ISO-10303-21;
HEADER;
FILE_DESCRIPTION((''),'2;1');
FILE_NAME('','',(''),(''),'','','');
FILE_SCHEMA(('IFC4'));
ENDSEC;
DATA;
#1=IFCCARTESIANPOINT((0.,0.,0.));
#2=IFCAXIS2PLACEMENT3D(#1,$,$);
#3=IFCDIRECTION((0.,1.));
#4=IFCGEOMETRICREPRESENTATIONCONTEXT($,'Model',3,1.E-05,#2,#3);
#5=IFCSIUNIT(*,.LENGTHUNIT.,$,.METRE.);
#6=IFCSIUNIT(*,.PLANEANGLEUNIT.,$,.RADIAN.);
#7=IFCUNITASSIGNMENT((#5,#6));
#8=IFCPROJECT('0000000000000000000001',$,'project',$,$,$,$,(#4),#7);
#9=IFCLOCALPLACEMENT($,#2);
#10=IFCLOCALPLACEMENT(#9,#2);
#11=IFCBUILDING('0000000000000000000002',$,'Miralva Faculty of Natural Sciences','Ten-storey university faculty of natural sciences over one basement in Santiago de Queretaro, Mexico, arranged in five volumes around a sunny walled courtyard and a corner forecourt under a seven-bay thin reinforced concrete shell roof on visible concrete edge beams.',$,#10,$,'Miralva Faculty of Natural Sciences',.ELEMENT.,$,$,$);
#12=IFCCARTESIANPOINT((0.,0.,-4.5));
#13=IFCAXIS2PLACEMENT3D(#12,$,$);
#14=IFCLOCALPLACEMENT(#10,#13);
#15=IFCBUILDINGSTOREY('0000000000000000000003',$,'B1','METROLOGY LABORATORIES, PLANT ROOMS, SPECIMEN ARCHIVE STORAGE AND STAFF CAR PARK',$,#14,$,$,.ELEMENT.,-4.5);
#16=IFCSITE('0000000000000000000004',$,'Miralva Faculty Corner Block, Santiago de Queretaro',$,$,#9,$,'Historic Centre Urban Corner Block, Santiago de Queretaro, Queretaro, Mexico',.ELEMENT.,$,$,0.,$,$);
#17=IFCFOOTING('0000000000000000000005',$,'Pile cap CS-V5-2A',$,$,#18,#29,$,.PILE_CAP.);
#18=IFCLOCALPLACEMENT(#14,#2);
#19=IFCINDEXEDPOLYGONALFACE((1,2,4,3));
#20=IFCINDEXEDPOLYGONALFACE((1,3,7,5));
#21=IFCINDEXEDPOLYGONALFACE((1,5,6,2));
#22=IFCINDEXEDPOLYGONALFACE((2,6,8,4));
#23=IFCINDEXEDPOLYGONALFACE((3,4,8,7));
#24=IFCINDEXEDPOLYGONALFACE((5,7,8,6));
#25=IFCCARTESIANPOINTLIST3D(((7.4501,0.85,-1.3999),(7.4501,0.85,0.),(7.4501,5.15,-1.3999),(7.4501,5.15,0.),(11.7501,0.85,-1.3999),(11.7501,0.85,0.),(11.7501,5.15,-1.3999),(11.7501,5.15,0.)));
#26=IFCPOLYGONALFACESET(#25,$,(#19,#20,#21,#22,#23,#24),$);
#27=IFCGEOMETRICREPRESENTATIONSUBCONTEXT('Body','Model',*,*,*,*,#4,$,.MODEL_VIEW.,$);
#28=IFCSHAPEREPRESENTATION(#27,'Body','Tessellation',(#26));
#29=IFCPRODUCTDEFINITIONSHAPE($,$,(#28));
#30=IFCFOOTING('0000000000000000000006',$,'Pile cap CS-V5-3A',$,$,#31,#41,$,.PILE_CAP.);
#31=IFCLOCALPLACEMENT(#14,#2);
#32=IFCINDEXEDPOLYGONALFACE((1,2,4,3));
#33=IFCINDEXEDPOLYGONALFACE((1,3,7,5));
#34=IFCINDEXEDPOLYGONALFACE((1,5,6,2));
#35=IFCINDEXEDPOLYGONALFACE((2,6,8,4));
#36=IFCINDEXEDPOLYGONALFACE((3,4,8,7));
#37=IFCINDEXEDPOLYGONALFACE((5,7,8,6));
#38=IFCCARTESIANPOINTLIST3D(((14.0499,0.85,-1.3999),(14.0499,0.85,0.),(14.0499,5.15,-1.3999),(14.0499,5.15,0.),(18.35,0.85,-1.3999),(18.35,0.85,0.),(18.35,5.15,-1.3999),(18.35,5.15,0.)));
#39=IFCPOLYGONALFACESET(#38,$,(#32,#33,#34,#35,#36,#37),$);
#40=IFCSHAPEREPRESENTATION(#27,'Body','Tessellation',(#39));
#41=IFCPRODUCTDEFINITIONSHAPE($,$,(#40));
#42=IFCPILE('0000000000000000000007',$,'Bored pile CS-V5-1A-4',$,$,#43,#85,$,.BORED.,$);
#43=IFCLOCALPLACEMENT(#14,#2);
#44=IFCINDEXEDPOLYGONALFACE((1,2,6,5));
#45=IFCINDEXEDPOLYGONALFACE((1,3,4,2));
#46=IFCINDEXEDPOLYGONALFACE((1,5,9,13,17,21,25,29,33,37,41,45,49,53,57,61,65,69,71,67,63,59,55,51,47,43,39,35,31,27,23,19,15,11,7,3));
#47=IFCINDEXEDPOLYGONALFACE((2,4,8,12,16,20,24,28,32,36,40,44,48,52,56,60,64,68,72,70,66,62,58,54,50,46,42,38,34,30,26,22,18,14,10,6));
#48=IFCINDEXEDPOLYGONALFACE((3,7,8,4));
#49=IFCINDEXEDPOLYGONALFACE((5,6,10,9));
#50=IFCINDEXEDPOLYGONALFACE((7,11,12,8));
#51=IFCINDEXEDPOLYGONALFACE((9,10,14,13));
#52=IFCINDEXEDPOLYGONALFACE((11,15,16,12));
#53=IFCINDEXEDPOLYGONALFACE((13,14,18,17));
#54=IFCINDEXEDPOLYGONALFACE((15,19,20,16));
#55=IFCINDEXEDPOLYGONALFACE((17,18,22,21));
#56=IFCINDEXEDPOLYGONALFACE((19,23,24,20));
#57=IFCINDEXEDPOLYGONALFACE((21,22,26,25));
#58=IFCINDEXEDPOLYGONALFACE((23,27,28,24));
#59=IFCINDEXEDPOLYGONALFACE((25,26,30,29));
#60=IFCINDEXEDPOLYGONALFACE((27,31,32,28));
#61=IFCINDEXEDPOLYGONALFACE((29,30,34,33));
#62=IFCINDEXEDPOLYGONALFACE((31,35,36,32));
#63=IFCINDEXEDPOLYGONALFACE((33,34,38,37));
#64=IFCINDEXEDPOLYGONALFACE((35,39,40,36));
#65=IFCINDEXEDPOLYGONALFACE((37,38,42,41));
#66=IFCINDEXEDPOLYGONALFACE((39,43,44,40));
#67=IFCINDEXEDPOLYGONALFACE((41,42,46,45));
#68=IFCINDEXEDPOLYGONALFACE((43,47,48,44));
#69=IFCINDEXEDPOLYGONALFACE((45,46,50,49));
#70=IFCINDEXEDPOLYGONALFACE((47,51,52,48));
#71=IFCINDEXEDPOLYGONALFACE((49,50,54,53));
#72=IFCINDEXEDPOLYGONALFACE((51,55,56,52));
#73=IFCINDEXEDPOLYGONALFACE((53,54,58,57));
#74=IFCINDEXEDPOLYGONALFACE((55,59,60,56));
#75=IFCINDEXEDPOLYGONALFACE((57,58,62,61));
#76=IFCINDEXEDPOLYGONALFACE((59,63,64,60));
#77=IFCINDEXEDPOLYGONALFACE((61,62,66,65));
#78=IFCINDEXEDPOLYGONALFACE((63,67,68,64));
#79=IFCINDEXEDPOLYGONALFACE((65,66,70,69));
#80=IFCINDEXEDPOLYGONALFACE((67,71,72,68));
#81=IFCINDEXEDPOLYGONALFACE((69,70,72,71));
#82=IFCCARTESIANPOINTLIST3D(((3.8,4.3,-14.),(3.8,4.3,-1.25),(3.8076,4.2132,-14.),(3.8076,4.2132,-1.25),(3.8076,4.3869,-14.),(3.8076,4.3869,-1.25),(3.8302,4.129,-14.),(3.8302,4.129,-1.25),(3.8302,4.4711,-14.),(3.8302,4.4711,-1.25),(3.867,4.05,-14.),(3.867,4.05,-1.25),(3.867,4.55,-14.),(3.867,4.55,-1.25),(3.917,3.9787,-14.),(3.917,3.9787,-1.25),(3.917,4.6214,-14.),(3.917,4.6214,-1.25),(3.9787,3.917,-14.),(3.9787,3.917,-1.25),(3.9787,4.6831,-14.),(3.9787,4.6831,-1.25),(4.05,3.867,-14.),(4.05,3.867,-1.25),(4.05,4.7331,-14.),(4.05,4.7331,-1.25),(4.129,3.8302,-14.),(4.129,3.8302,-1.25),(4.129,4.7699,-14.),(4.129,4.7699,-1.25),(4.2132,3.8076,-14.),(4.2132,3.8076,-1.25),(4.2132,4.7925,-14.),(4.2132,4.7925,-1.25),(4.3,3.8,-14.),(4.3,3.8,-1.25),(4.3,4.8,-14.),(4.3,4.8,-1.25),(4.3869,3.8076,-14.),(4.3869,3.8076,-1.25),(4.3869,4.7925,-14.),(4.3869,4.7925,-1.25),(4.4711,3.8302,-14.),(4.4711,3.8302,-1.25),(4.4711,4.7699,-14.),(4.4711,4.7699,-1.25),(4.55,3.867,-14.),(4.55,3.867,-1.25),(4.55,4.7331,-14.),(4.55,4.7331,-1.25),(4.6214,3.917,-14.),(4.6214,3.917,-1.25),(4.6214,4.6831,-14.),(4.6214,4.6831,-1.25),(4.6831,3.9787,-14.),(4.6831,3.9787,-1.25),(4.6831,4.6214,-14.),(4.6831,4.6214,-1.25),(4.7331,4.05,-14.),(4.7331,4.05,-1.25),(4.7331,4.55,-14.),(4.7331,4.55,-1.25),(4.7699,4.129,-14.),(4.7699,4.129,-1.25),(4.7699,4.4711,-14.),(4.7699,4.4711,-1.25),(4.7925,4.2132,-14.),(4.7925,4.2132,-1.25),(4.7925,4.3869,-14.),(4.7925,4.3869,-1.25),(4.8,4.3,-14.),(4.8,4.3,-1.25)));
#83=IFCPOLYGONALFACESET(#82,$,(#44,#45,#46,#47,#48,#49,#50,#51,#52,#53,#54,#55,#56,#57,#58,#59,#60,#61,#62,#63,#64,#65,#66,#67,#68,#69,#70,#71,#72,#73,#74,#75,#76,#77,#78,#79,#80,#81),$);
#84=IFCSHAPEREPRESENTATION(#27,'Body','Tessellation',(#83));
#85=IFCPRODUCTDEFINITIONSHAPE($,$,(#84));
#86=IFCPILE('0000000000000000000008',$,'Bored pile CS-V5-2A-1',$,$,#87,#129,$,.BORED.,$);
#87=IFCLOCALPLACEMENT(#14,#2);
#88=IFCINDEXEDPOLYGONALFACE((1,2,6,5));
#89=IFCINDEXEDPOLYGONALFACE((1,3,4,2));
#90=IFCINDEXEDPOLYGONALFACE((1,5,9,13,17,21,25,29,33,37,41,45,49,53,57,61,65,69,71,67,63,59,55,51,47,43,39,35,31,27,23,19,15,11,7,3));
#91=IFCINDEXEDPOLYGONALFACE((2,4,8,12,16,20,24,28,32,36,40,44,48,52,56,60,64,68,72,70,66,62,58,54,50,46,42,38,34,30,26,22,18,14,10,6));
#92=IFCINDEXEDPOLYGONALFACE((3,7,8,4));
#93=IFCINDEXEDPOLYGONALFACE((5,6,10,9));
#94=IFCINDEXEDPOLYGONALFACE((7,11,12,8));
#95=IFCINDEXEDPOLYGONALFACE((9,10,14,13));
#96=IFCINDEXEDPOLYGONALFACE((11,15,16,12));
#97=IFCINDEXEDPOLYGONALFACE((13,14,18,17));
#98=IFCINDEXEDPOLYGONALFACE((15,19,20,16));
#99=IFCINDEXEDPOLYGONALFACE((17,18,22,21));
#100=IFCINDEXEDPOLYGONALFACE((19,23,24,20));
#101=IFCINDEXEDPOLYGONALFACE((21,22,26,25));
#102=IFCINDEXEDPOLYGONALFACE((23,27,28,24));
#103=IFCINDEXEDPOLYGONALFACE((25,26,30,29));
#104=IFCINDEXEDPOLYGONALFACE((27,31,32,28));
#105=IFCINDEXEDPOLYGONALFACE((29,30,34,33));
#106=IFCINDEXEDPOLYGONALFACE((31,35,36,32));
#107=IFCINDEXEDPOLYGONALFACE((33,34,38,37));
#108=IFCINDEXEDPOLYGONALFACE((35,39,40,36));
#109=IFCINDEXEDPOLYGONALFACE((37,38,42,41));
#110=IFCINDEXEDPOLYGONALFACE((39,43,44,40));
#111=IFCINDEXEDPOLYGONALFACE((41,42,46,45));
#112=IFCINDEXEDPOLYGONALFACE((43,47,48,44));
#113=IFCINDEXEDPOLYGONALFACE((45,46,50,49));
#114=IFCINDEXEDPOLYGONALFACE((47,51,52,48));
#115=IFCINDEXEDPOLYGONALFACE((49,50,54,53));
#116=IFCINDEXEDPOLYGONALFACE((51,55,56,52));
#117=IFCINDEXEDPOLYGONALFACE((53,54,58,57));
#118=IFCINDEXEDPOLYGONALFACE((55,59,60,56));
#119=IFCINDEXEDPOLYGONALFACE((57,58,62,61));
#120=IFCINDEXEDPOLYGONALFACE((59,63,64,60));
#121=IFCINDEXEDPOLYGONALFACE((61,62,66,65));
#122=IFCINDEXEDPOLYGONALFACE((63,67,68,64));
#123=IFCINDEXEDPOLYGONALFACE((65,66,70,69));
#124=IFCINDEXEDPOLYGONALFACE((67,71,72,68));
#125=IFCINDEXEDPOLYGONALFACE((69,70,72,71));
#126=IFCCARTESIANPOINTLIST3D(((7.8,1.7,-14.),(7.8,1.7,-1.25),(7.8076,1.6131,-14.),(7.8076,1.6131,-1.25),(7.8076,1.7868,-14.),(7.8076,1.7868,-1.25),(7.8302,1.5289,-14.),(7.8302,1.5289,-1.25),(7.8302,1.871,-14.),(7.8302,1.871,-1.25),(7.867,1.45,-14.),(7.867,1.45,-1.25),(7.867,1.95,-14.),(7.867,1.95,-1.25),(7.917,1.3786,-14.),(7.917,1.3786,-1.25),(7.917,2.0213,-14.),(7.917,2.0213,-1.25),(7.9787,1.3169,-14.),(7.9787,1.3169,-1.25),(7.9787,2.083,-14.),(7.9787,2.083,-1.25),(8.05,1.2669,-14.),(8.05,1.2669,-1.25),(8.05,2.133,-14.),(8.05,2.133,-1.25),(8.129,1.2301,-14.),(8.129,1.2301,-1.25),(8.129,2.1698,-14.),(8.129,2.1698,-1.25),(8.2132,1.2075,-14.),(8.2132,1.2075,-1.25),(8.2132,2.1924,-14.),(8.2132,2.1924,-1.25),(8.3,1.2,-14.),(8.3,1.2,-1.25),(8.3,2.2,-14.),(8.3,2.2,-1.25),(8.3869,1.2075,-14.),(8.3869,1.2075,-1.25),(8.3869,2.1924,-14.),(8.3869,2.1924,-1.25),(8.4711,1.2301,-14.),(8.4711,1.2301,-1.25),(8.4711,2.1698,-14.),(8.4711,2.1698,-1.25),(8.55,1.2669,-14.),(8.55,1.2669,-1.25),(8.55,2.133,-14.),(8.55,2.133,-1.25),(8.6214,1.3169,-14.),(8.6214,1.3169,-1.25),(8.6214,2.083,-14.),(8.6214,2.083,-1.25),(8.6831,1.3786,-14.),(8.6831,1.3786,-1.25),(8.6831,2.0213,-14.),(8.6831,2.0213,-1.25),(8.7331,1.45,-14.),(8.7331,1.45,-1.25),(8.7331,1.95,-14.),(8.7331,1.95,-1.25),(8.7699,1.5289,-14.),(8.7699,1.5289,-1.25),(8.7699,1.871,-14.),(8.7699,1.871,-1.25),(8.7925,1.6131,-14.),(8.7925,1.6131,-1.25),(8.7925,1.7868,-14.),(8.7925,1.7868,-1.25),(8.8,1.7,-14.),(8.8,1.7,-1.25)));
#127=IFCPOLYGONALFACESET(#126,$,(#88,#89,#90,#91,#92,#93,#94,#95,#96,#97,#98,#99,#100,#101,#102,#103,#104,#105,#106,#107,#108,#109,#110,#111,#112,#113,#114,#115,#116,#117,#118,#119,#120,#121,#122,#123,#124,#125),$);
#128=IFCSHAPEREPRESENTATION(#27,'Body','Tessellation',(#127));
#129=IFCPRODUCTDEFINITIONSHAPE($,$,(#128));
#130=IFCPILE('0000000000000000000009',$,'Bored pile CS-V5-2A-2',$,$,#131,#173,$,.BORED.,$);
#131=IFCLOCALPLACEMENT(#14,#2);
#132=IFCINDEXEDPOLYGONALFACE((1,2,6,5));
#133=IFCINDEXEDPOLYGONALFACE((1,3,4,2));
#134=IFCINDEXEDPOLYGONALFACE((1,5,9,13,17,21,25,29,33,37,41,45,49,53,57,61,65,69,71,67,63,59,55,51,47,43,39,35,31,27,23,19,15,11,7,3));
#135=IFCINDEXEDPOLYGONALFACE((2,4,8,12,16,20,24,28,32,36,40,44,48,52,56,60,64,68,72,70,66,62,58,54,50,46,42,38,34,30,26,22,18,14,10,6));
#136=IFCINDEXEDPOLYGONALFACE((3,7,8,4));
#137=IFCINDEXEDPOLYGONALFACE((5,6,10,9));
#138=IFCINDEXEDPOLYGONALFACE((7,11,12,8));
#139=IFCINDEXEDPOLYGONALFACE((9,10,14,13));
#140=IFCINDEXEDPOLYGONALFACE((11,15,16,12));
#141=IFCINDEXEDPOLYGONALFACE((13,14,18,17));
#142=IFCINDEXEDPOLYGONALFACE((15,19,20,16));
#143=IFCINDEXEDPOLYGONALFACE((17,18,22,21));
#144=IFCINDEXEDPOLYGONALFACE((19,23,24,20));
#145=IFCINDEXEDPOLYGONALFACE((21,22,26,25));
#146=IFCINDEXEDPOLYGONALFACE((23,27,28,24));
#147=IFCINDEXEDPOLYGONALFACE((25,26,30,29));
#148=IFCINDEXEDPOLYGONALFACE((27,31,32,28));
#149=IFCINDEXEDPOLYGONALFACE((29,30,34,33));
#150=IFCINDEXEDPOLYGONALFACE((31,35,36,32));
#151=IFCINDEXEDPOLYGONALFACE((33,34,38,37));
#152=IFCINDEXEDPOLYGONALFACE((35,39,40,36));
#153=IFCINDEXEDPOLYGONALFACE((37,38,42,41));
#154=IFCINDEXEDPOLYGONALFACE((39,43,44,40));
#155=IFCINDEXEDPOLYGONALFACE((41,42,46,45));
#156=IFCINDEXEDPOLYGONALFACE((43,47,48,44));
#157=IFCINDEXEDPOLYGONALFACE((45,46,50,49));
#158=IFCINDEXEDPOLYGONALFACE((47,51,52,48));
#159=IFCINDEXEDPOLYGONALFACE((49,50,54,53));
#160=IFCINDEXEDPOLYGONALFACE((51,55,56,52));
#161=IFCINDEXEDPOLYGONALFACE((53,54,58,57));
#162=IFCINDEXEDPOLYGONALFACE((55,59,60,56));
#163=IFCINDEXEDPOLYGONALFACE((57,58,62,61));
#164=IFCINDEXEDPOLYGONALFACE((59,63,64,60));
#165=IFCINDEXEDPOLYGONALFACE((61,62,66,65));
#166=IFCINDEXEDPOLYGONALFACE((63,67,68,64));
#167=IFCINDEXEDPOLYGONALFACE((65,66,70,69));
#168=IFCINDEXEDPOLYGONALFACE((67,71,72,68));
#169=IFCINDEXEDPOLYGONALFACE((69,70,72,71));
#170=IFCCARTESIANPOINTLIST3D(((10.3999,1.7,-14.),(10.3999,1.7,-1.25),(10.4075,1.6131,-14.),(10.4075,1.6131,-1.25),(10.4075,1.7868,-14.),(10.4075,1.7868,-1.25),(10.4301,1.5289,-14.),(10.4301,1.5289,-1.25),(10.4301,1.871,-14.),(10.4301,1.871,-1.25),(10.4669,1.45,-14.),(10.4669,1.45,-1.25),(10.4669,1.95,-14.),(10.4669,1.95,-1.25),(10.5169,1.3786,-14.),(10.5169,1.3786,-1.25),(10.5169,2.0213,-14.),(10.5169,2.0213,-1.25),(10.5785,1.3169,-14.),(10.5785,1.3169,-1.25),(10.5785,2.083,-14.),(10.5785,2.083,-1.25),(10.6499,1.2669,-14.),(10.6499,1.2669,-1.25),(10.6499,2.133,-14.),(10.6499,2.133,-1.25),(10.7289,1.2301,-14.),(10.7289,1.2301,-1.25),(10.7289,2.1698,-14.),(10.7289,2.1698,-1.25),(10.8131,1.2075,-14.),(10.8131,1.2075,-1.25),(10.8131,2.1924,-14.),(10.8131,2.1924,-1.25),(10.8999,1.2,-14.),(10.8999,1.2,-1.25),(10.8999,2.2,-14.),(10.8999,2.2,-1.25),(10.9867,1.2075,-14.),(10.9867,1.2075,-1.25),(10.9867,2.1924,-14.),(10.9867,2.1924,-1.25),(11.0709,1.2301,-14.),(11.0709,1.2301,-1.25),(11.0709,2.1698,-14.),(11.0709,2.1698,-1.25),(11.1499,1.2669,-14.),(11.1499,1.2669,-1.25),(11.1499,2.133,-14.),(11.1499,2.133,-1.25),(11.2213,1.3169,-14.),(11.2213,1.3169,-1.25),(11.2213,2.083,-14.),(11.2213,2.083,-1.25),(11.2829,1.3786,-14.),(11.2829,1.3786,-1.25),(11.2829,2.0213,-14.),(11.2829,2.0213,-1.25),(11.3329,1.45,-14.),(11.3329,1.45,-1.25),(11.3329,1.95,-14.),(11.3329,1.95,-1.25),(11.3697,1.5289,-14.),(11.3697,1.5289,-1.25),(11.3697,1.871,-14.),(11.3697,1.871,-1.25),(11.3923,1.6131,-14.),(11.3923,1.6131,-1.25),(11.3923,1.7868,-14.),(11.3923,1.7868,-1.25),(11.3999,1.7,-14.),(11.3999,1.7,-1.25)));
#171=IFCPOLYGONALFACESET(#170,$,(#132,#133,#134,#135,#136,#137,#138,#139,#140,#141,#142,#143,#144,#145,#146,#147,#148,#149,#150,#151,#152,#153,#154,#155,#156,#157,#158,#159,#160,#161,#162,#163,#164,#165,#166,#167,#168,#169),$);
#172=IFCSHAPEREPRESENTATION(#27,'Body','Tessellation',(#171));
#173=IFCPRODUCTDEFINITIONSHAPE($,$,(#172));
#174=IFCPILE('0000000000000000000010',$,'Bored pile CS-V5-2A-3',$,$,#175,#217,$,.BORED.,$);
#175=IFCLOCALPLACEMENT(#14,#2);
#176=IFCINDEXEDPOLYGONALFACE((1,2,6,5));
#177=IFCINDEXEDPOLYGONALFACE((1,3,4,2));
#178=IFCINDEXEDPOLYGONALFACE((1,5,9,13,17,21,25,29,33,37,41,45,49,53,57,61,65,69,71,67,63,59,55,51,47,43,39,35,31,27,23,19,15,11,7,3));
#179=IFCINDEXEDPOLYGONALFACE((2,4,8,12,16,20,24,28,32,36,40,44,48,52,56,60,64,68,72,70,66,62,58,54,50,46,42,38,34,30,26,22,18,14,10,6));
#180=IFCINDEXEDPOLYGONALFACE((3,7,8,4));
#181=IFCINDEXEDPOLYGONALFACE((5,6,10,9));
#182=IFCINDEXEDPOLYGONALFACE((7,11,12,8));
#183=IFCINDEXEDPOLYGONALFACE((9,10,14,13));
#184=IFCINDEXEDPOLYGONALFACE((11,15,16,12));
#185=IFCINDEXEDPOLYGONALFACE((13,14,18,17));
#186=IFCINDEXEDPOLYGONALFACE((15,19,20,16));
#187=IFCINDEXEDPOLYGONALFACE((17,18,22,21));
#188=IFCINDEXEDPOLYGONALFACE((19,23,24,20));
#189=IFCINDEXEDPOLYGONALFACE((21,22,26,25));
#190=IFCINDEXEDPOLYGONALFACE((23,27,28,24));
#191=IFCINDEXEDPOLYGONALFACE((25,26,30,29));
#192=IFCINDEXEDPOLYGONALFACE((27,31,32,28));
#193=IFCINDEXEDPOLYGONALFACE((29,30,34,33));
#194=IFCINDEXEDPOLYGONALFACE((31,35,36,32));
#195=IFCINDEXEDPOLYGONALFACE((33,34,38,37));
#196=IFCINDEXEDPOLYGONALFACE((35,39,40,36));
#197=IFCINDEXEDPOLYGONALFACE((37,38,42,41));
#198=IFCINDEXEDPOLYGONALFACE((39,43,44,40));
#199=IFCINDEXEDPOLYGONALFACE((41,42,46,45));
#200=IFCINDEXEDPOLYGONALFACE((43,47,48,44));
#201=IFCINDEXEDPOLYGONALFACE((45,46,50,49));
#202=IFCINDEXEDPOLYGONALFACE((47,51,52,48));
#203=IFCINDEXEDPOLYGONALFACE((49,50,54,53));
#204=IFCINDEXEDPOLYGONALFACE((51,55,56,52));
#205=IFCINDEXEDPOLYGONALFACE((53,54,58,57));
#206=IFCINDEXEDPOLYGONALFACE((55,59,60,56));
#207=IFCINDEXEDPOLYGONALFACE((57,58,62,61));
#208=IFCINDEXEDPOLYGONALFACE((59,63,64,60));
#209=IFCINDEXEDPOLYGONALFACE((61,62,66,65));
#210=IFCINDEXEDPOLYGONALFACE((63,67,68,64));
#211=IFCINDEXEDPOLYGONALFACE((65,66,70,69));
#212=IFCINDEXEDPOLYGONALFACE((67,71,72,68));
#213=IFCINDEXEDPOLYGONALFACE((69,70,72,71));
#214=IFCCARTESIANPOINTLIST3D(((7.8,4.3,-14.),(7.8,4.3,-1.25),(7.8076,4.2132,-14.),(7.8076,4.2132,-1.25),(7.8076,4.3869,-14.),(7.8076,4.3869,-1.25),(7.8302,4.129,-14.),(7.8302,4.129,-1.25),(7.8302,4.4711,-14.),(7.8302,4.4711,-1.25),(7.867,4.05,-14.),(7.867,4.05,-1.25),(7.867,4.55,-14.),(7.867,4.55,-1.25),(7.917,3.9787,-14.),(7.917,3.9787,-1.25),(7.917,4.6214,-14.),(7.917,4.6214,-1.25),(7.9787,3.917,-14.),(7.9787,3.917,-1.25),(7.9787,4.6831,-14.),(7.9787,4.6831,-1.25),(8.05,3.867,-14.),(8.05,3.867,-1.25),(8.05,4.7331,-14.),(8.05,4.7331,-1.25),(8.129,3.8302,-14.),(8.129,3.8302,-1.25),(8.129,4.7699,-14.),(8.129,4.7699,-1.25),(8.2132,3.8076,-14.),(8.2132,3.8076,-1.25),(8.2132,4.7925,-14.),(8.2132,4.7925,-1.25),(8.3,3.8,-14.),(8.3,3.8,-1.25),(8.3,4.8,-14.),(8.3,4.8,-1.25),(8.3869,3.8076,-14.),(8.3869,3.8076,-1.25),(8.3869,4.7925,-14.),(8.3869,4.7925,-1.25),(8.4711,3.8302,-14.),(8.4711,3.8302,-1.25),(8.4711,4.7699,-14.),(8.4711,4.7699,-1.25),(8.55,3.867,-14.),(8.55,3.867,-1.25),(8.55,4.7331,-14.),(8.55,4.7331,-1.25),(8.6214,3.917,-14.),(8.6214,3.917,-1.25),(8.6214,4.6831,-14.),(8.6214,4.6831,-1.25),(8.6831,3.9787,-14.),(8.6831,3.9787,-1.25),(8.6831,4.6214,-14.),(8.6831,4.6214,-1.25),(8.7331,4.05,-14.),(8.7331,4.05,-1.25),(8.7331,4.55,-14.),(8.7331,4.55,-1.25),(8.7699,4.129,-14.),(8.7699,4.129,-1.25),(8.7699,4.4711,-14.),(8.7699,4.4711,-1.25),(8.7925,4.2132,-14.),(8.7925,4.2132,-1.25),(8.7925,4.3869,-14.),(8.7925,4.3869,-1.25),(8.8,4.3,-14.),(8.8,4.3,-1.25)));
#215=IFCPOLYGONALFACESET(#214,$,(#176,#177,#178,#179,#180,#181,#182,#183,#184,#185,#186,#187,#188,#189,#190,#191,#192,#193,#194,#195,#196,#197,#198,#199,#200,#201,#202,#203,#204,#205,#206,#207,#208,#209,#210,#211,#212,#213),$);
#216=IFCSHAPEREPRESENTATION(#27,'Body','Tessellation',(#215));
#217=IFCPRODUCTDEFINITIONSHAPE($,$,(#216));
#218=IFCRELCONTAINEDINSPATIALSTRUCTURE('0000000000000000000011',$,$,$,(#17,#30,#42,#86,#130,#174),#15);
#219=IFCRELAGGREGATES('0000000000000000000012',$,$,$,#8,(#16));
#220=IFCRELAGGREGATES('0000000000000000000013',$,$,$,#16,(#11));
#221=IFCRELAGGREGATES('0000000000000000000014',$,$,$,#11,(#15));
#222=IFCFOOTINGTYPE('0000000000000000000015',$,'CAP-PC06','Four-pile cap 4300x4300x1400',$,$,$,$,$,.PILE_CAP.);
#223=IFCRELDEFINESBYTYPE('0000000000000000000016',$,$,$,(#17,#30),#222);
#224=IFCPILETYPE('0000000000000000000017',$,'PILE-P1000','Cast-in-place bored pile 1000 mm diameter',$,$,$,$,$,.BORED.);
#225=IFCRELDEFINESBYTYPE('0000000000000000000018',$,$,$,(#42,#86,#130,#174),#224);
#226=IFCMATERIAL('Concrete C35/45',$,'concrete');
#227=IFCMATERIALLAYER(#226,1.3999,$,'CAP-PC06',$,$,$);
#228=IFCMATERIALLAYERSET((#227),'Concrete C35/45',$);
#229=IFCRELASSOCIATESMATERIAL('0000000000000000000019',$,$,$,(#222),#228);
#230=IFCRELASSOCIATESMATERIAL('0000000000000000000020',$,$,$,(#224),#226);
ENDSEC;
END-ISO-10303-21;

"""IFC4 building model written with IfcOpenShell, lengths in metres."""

from ifc_helpers import new_model, si_unit, direction, frame, origin, origin_2d, place, context, subcontext, project, spatial, rectangle, circle, extrude, material, layer, layer_set, material_profile, profile_set, type_object, element, save


model = new_model("IFC4")

# Units and contexts
model_context = context("Model", 3, precision=1e-05, world=origin(), true_north=direction((0.0, 1.0)))
body_context = subcontext(model_context, "Body", "Model", "MODEL_VIEW")
ifc_project = project(units=[si_unit("LENGTHUNIT", "METRE"), si_unit("PLANEANGLEUNIT", "RADIAN")], contexts=[model_context])

# Site, building, storey
site_placement = place(None, origin())
site = spatial("IfcSite", under=ifc_project, at=site_placement, Name="Miralva Faculty Corner Block, Santiago de Queretaro", LongName="Historic Centre Urban Corner Block, Santiago de Queretaro, Queretaro, Mexico", CompositionType="ELEMENT", RefElevation=0.0)
building_placement = place(site_placement, origin())
building = spatial("IfcBuilding", under=site, at=building_placement, Name="Miralva Faculty of Natural Sciences", Description="Ten-storey university faculty of natural sciences over one basement in Santiago de Queretaro, Mexico, arranged in five volumes around a sunny walled courtyard and a corner forecourt under a seven-bay thin reinforced concrete shell roof on visible concrete edge beams.", LongName="Miralva Faculty of Natural Sciences", CompositionType="ELEMENT")
storey_placement = place(building_placement, frame((0.0, 0.0, -4.5)))
storey = spatial("IfcBuildingStorey", under=building, at=storey_placement, Name="B1", Description="METROLOGY LABORATORIES, PLANT ROOMS, SPECIMEN ARCHIVE STORAGE AND STAFF CAR PARK", CompositionType="ELEMENT", Elevation=-4.5)

# Footings
ifc_material_1 = material(Name="Concrete C35/45", Category="concrete")
ifc_layer_1 = layer(ifc_material_1, 1.3999, Name="CAP-PC06")
ifc_layer_set_1 = layer_set([ifc_layer_1], Name="Concrete C35/45")
footing_type_1 = type_object("IfcFootingType", Name="CAP-PC06", Description="Four-pile cap 4300x4300x1400", PredefinedType="PILE_CAP", material=ifc_layer_set_1)
for number, where, z_axis, x_axis, name in (
    (1, (9.6001, 3.0, -1.3999), (0.0, 0.0, 1.0), (1.0, 0.0, 0.0), "Pile cap CS-V5-2A"),
    (2, (16.2, 3.0, -1.3999), (0.0, 0.0, 1.0), (1.0, 0.0, 0.0), "Pile cap CS-V5-3A"),
):
    element("IfcFooting", number, at=place(storey_placement, frame(where, z_axis=z_axis, x_axis=x_axis)), inside=storey, type_object=footing_type_1, Name=name, PredefinedType="PILE_CAP", context=body_context, shape_type="SweptSolid", body=[
        extrude(rectangle(XDim=4.3, YDim=4.3, at=origin_2d()), origin(), (0.0, 0.0, 1.0), 1.3999),
    ])

# Piles
ifc_material_profile_1 = material_profile(ifc_material_1, circle(Radius=0.5, at=origin_2d()), Name="BORED PILE 1000")
ifc_profile_set_1 = profile_set([ifc_material_profile_1], Name="Concrete C35/45")
pile_type = type_object("IfcPileType", Name="PILE-P1000", Description="Cast-in-place bored pile 1000 mm diameter", PredefinedType="BORED", material=ifc_profile_set_1)
for number, where, z_axis, x_axis, name in (
    (3, (4.3, 4.3, -1.25), (0.0, 0.0, -1.0), (1.0, 0.0, 0.0), "Bored pile CS-V5-1A-4"),
    (4, (8.3, 1.7, -1.25), (0.0, 0.0, -1.0), (1.0, 0.0, 0.0), "Bored pile CS-V5-2A-1"),
    (5, (10.8999, 1.7, -1.25), (0.0, 0.0, -1.0), (1.0, 0.0, 0.0), "Bored pile CS-V5-2A-2"),
    (6, (8.3, 4.3, -1.25), (0.0, 0.0, -1.0), (1.0, 0.0, 0.0), "Bored pile CS-V5-2A-3"),
):
    element("IfcPile", number, at=place(storey_placement, frame(where, z_axis=z_axis, x_axis=x_axis)), inside=storey, type_object=pile_type, Name=name, PredefinedType="BORED", context=body_context, shape_type="SweptSolid", body=[
        extrude(circle(Radius=0.5, at=origin_2d()), origin(), (0.0, 0.0, 1.0), 12.75),
    ])

save(model, "model.ifc")
